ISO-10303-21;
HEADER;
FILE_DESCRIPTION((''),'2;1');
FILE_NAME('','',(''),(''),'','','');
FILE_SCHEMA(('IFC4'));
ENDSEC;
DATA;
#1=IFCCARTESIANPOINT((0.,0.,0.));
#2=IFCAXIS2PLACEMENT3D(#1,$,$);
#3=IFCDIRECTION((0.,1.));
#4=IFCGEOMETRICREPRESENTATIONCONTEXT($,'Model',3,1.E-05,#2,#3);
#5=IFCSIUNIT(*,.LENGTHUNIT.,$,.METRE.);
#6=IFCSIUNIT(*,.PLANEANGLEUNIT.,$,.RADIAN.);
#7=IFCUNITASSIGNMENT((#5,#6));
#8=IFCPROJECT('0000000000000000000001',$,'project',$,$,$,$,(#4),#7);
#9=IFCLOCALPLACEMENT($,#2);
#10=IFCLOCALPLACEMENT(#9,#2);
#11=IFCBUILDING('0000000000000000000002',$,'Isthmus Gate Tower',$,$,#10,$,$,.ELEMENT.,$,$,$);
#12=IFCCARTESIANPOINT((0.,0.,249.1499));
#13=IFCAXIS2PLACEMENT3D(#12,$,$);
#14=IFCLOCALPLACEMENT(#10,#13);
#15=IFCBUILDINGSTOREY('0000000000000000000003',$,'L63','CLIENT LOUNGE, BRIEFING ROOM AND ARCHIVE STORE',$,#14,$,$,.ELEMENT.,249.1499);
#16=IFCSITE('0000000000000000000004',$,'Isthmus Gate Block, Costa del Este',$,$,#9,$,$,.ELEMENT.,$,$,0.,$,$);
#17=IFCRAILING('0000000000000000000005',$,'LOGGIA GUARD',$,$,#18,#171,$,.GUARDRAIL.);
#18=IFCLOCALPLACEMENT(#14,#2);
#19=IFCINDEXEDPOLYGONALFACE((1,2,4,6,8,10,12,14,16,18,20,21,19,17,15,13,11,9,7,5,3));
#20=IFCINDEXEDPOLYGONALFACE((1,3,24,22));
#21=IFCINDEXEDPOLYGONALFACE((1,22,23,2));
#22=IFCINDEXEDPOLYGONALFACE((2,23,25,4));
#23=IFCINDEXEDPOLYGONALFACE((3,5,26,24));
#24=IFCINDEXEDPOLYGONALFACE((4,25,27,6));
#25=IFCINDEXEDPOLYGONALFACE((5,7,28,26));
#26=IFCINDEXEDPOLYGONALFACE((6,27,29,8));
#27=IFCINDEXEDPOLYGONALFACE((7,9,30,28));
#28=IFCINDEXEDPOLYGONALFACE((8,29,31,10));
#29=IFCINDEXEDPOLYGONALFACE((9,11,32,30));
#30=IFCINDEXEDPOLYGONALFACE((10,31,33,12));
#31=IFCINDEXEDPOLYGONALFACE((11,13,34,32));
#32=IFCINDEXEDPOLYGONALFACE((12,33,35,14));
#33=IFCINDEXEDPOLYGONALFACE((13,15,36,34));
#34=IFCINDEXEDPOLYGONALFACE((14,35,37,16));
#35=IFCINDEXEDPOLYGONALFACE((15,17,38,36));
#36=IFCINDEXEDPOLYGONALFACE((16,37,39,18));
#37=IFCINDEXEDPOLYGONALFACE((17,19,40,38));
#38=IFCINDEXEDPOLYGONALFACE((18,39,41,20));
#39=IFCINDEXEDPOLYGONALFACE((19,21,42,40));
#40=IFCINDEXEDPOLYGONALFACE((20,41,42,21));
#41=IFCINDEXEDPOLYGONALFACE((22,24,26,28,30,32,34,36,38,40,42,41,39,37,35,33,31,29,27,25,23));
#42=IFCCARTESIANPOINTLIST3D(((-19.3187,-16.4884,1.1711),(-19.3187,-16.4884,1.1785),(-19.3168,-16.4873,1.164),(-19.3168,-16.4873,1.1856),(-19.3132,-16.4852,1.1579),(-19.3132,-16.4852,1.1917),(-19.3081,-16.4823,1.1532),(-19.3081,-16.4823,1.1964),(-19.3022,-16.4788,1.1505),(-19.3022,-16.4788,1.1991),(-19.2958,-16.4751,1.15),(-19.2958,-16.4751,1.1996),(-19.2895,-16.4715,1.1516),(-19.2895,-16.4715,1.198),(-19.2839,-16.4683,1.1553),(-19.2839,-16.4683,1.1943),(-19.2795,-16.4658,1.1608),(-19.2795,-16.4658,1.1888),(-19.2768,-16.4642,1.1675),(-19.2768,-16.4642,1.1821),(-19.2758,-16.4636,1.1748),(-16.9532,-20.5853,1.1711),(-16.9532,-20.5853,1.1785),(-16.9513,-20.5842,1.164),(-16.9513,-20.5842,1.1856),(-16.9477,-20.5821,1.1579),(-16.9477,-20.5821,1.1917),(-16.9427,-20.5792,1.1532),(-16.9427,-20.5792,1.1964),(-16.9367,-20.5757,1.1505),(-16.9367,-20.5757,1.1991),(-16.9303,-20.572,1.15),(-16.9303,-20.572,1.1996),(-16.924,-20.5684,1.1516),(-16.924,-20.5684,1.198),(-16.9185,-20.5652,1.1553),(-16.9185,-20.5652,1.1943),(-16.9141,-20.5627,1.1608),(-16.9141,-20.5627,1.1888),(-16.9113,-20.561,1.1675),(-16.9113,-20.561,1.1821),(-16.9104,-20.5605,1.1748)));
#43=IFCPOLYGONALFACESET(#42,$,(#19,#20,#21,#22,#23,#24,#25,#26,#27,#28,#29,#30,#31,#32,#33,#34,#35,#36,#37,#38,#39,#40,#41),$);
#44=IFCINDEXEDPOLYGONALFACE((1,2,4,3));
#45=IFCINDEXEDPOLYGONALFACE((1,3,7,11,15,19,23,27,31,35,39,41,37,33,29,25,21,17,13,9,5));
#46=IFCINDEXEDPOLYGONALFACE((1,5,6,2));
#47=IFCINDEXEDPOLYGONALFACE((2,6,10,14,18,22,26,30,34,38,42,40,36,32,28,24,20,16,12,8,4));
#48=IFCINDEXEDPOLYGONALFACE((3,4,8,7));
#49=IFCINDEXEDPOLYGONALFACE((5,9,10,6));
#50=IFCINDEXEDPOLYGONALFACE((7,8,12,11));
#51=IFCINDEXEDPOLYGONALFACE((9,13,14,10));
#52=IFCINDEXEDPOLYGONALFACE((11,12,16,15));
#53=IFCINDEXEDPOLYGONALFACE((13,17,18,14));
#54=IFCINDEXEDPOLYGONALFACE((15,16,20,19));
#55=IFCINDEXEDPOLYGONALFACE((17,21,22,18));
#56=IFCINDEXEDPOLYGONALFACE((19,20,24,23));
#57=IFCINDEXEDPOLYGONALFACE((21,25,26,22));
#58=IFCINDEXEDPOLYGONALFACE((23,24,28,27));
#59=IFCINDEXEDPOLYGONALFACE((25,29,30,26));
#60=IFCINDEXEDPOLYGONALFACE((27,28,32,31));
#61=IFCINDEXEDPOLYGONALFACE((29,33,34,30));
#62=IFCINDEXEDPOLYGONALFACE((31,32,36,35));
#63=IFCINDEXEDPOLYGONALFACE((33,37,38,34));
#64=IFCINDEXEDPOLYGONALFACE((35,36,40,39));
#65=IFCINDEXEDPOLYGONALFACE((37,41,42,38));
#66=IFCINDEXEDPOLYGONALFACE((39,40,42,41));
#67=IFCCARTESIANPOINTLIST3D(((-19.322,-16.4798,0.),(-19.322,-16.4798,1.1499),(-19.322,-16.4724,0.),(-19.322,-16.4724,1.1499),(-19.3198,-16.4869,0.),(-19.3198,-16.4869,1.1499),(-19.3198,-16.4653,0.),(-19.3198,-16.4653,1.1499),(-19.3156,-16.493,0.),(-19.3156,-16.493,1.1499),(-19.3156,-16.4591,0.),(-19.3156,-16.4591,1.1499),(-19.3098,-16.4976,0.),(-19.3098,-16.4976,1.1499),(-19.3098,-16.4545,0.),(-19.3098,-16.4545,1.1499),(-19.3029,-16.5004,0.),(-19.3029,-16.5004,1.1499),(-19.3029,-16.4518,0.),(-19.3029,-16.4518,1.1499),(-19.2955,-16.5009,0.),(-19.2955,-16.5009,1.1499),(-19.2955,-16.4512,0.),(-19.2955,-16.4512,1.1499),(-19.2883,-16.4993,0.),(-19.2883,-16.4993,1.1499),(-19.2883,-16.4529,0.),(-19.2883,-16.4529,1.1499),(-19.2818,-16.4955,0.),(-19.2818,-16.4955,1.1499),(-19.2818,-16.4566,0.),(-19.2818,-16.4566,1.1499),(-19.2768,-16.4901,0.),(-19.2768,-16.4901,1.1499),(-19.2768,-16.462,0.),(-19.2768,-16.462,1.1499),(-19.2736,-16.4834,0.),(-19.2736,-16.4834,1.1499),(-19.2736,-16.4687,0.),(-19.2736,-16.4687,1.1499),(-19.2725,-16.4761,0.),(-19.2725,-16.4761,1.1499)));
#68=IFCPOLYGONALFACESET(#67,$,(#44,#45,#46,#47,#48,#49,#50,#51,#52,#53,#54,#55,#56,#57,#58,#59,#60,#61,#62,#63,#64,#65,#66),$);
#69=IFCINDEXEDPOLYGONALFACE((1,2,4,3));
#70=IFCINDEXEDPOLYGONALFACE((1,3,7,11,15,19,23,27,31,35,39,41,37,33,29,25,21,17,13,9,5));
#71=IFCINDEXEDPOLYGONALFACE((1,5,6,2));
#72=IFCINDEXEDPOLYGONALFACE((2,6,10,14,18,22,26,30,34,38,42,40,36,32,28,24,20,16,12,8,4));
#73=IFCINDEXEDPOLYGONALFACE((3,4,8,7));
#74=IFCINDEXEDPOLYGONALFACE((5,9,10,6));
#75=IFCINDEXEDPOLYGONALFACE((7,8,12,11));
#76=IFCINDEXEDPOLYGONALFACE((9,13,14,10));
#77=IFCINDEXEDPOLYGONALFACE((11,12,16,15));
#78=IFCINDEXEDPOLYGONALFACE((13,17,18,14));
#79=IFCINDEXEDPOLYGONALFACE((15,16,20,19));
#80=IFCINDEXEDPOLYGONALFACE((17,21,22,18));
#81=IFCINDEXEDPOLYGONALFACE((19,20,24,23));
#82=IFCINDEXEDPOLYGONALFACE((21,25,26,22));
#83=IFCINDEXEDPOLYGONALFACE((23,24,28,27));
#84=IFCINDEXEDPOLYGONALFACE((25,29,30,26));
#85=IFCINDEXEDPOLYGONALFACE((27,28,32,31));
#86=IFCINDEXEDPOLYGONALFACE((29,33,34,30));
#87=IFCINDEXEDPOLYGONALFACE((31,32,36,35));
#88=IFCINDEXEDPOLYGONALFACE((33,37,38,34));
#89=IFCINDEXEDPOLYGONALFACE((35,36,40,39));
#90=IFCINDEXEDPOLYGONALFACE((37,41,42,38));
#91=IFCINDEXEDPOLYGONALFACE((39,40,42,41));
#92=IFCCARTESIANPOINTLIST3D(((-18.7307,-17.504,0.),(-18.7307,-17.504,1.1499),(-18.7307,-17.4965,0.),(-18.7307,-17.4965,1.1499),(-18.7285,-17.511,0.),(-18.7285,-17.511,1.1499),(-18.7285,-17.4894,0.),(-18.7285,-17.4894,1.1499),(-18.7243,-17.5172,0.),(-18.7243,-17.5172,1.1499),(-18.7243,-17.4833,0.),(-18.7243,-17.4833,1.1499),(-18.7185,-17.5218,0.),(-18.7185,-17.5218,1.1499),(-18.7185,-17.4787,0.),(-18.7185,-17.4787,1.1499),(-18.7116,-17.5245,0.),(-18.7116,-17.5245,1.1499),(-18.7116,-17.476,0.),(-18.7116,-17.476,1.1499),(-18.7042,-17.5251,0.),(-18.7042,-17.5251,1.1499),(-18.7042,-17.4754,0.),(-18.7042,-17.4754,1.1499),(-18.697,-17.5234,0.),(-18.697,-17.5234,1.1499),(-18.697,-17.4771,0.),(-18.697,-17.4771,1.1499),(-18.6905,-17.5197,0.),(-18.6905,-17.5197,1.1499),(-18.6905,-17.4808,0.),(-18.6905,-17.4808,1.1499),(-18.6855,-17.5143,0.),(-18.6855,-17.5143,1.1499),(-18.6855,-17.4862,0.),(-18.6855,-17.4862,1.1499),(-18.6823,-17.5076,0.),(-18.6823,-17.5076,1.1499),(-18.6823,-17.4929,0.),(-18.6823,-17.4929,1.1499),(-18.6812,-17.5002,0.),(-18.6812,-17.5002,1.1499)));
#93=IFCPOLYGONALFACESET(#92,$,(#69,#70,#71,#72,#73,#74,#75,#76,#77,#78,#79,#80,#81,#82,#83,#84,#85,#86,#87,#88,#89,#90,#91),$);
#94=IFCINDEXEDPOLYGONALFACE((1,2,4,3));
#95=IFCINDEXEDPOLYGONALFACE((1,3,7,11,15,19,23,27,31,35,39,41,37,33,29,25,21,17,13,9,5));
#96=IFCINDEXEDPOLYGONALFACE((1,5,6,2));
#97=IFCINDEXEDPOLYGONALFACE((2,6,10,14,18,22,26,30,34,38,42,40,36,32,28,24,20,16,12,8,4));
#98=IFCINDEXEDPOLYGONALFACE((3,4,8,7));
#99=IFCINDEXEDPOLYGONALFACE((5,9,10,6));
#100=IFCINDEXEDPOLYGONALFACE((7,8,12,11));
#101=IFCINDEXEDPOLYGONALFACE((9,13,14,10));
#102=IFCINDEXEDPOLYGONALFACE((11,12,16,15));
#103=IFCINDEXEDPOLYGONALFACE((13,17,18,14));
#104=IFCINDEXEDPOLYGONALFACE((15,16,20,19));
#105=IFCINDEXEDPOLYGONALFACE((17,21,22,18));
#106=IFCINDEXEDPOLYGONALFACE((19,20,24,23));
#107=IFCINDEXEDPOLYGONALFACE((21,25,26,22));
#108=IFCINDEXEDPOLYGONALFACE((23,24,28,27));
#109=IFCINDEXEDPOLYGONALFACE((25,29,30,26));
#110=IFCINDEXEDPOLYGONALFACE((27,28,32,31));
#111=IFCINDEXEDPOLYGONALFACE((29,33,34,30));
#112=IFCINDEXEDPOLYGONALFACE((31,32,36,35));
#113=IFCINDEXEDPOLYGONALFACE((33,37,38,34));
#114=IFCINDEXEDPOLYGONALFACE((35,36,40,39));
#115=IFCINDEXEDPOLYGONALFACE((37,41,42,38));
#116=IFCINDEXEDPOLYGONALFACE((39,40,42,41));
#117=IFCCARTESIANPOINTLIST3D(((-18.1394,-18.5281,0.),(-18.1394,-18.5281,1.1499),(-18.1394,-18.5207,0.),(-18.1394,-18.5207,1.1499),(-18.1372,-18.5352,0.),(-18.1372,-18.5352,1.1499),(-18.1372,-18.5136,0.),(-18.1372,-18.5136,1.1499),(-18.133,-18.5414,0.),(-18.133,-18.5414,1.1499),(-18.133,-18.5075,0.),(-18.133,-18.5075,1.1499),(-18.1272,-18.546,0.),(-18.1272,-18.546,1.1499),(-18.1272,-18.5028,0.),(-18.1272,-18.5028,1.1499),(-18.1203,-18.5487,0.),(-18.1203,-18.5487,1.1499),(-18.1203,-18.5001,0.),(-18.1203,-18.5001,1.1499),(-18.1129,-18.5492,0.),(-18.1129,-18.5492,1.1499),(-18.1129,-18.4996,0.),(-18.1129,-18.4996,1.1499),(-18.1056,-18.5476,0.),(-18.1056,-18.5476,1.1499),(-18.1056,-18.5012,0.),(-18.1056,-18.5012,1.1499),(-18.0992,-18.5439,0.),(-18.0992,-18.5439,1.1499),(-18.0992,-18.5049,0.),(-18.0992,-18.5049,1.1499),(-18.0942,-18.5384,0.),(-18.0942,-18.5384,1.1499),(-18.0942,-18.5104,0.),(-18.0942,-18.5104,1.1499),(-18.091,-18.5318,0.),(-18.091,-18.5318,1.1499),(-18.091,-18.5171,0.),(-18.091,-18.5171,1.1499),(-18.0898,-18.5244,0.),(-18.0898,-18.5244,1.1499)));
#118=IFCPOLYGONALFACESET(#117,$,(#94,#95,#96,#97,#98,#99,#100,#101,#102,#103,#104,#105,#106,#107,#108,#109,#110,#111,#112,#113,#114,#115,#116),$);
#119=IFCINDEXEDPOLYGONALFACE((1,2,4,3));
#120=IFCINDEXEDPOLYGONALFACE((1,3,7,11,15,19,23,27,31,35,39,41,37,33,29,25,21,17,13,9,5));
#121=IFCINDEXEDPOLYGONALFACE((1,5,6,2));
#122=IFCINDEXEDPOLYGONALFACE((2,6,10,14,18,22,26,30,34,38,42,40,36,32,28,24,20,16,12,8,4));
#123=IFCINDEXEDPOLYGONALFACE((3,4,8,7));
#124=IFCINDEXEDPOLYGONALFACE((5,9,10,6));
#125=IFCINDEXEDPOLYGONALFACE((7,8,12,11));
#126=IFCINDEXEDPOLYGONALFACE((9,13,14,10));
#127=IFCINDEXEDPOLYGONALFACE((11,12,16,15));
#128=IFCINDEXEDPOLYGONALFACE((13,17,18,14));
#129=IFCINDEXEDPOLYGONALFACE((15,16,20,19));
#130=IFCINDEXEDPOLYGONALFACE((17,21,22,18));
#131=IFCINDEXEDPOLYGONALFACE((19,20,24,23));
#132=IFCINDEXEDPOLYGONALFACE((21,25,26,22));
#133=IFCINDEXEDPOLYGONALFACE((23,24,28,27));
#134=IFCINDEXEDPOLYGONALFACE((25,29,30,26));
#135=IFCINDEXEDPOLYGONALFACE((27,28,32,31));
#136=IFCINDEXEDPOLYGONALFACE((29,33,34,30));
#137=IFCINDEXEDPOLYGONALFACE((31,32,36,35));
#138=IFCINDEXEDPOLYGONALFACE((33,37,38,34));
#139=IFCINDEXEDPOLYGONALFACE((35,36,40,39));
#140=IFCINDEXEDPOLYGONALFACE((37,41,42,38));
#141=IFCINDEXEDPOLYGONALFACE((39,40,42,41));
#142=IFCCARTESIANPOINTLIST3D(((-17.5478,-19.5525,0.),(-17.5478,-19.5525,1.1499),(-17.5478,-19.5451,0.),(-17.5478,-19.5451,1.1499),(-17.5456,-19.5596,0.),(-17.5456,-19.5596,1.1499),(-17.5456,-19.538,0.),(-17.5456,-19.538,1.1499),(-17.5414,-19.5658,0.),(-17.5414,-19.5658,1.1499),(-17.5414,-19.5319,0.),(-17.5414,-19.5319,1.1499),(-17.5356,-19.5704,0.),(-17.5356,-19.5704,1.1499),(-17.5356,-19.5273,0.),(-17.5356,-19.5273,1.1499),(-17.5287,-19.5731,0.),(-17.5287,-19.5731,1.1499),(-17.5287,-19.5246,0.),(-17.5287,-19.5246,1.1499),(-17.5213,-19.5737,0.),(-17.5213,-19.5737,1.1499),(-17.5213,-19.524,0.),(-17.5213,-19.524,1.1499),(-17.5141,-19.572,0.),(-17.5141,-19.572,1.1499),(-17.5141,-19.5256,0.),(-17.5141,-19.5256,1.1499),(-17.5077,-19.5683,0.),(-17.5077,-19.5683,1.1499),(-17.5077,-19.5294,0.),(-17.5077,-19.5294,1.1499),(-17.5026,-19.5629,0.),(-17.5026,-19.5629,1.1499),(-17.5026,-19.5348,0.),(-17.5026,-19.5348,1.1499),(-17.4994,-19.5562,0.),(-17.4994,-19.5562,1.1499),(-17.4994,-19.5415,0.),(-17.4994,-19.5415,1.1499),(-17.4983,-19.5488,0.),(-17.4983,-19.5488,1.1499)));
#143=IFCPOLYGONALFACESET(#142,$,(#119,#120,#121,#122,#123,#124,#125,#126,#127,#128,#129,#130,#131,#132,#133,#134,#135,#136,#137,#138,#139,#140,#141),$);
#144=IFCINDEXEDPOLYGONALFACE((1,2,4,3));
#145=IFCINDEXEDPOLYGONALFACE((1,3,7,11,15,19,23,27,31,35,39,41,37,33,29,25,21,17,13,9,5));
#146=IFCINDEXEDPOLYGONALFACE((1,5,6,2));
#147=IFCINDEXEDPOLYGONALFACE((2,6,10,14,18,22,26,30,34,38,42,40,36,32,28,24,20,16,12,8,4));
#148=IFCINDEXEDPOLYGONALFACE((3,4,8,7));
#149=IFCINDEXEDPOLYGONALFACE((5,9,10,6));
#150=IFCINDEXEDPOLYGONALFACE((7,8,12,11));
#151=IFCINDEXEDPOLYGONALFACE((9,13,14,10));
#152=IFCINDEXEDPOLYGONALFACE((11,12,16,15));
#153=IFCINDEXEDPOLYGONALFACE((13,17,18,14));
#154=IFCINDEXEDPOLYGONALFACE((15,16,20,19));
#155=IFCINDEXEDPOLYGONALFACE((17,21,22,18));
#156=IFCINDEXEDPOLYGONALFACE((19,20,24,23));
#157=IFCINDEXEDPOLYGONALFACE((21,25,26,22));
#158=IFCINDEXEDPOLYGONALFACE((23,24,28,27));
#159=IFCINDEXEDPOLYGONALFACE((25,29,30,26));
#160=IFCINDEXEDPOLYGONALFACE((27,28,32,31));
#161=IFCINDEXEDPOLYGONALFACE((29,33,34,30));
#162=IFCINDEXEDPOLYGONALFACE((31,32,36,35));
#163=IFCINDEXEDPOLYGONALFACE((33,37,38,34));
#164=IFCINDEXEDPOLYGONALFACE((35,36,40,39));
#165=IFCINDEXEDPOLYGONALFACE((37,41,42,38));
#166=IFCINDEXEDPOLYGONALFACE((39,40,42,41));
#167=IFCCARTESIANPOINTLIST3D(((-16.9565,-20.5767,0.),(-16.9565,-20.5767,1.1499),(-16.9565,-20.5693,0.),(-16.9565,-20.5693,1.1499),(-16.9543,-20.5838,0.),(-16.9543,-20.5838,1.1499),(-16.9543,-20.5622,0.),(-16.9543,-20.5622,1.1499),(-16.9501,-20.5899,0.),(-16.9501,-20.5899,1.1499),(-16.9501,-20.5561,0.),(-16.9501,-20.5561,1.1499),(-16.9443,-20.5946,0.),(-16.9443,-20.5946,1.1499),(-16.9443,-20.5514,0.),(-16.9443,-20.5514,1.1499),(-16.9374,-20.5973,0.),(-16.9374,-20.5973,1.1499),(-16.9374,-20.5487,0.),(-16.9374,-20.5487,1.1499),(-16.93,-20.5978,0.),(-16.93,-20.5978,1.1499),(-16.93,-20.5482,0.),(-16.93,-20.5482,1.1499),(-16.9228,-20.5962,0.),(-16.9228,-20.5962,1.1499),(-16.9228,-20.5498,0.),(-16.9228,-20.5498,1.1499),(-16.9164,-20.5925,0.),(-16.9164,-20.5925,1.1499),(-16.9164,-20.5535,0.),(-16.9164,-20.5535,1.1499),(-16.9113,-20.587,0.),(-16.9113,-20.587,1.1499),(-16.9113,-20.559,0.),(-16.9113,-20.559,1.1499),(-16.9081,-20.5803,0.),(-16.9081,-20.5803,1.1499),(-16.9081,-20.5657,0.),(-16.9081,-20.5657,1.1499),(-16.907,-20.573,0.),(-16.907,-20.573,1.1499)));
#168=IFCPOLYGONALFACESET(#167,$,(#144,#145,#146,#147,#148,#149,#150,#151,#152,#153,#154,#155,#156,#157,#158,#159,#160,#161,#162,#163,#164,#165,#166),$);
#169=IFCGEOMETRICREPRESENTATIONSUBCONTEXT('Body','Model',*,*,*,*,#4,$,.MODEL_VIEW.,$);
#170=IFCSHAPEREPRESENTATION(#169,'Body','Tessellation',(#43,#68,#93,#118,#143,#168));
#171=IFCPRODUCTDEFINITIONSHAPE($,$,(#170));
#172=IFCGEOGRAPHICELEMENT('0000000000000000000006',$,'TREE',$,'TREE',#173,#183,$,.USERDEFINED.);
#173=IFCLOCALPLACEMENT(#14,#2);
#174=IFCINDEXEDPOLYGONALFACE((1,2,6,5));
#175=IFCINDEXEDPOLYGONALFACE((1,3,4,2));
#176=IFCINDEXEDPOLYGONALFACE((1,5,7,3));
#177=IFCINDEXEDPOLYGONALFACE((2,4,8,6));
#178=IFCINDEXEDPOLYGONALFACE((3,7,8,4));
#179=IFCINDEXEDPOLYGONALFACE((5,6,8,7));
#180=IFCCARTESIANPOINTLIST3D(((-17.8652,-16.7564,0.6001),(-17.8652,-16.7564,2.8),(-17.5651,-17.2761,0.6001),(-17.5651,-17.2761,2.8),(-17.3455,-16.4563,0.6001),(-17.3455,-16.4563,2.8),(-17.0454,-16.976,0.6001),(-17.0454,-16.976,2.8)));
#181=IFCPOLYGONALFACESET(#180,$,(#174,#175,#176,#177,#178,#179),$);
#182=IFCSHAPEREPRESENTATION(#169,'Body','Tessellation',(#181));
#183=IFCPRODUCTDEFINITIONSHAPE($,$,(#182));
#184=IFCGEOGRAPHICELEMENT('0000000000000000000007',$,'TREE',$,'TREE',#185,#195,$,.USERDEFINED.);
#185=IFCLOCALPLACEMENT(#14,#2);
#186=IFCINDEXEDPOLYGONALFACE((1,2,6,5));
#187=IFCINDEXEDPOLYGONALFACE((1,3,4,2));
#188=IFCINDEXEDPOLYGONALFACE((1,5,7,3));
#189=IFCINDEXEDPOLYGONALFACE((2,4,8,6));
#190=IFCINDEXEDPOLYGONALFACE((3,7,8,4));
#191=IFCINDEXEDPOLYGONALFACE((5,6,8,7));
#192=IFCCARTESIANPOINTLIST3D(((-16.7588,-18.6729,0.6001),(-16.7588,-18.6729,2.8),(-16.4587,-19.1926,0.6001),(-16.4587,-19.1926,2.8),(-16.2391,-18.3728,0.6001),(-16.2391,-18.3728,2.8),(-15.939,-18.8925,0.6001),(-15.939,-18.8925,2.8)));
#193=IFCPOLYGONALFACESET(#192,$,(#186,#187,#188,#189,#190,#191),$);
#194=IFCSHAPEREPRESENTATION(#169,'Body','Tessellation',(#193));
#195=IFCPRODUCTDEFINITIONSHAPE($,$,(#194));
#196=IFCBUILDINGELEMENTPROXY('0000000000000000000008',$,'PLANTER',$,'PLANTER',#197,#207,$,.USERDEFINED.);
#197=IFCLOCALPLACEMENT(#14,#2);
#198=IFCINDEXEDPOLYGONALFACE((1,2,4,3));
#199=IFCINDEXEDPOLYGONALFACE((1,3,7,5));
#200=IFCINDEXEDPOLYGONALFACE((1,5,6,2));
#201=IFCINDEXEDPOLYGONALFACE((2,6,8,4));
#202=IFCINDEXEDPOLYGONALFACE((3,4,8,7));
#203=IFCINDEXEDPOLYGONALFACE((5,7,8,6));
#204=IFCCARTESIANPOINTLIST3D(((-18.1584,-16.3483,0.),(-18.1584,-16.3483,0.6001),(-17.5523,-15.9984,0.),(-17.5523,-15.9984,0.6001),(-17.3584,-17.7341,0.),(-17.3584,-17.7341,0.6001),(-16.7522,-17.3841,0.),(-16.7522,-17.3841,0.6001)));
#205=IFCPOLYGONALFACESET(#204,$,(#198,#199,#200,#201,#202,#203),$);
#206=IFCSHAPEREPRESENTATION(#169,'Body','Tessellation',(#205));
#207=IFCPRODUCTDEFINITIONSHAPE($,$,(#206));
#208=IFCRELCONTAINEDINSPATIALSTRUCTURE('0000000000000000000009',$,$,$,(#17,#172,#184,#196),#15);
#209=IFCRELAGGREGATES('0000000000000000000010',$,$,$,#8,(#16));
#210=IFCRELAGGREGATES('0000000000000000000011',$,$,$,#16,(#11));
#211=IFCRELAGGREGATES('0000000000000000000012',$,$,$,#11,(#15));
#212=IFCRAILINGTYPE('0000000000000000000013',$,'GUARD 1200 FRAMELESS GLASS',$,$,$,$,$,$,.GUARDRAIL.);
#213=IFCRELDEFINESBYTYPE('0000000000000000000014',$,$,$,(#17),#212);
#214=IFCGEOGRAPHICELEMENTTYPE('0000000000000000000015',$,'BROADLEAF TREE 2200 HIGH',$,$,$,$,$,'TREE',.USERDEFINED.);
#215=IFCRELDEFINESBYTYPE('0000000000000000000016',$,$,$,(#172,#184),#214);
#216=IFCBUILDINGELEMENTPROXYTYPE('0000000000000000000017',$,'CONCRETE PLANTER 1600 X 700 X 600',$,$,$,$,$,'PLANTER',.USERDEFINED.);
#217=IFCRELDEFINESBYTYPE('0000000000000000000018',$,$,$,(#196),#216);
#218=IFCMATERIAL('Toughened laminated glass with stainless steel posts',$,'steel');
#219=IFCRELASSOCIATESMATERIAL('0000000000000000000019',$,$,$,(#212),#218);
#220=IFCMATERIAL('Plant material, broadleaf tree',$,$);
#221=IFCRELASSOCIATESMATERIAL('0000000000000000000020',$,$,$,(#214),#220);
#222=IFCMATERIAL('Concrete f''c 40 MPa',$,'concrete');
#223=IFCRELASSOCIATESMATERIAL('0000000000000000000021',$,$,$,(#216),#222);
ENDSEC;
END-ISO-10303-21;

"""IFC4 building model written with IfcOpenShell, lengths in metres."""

from ifc_helpers import new_model, si_unit, direction, frame, origin, origin_2d, place, context, subcontext, project, spatial, rectangle, circle, extrude, material, type_object, element, save


model = new_model("IFC4")

# Units and contexts
model_context = context("Model", 3, precision=1e-05, world=origin(), true_north=direction((0.0, 1.0)))
body_context = subcontext(model_context, "Body", "Model", "MODEL_VIEW")
ifc_project = project(units=[si_unit("LENGTHUNIT", "METRE"), si_unit("PLANEANGLEUNIT", "RADIAN")], contexts=[model_context])

# Site, building, storey
site_placement = place(None, origin())
site = spatial("IfcSite", under=ifc_project, at=site_placement, Name="Isthmus Gate Block, Costa del Este", CompositionType="ELEMENT", RefElevation=0.0)
building_placement = place(site_placement, origin())
building = spatial("IfcBuilding", under=site, at=building_placement, Name="Isthmus Gate Tower", CompositionType="ELEMENT")
storey_placement = place(building_placement, frame((0.0, 0.0, 249.1499)))
storey = spatial("IfcBuildingStorey", under=building, at=storey_placement, Name="L63", Description="CLIENT LOUNGE, BRIEFING ROOM AND ARCHIVE STORE", CompositionType="ELEMENT", Elevation=249.1499)

# Railing
ifc_material_1 = material(Name="Toughened laminated glass with stainless steel posts", Category="steel")
railing_type = type_object("IfcRailingType", Name="GUARD 1200 FRAMELESS GLASS", PredefinedType="GUARDRAIL", material=ifc_material_1)
railing_placement = place(storey_placement, frame((-19.2974, -16.4761, 0.0)))
element("IfcRailing", 1, at=railing_placement, inside=storey, type_object=railing_type, Name="LOGGIA GUARD", PredefinedType="GUARDRAIL", context=body_context, shape_type="SweptSolid", body=[
    extrude(circle(Radius=0.0249, at=origin_2d()), frame((0.0, 0.0, 1.1748), z_axis=(0.500019, -0.866015, 0.0), x_axis=(0.866015, 0.500019, 0.0)), (0.0, 0.0, 1.0), 4.7307),
    extrude(circle(Radius=0.0249, at=origin_2d()), origin(), (0.0, 0.0, 1.0), 1.1499),
    extrude(circle(Radius=0.0249, at=origin_2d()), frame((0.5913, -1.0242, 0.0)), (0.0, 0.0, 1.0), 1.1499),
    extrude(circle(Radius=0.0249, at=origin_2d()), frame((1.1826, -2.0483, 0.0)), (0.0, 0.0, 1.0), 1.1499),
    extrude(circle(Radius=0.0249, at=origin_2d()), frame((1.7742, -3.0728, 0.0)), (0.0, 0.0, 1.0), 1.1499),
    extrude(circle(Radius=0.0249, at=origin_2d()), frame((2.3655, -4.0969, 0.0)), (0.0, 0.0, 1.0), 1.1499),
])

# Geographic elements
ifc_material_2 = material(Name="Plant material, broadleaf tree")
geographic_element_type = type_object("IfcGeographicElementType", Name="BROADLEAF TREE 2200 HIGH", ElementType="TREE", PredefinedType="USERDEFINED", material=ifc_material_2)
for number, where, z_axis, x_axis, name in (
    (2, (-17.4553, -16.8662, 0.6001), (0.0, 0.0, 1.0), (0.5, -0.866025, 0.0), "TREE"),
    (3, (-16.3489, -18.7827, 0.6001), (0.0, 0.0, 1.0), (0.5, -0.866025, 0.0), "TREE"),
):
    element("IfcGeographicElement", number, at=place(storey_placement, frame(where, z_axis=z_axis, x_axis=x_axis)), inside=storey, type_object=geographic_element_type, Name=name, ObjectType="TREE", PredefinedType="USERDEFINED", context=body_context, shape_type="SweptSolid", body=[
        extrude(rectangle(XDim=0.6001, YDim=0.6001, at=origin_2d()), origin(), (0.0, 0.0, 1.0), 2.2),
    ])

# Building element proxy
ifc_material_3 = material(Name="Concrete f'c 40 MPa", Category="concrete")
building_element_proxy_type = type_object("IfcBuildingElementProxyType", Name="CONCRETE PLANTER 1600 X 700 X 600", ElementType="PLANTER", PredefinedType="USERDEFINED", material=ifc_material_3)
for number, where, z_axis, x_axis, name in (
    (4, (-17.4553, -16.8662, 0.0), (0.0, 0.0, 1.0), (0.5, -0.866025, 0.0), "PLANTER"),
):
    element("IfcBuildingElementProxy", number, at=place(storey_placement, frame(where, z_axis=z_axis, x_axis=x_axis)), inside=storey, type_object=building_element_proxy_type, Name=name, ObjectType="PLANTER", PredefinedType="USERDEFINED", context=body_context, shape_type="SweptSolid", body=[
        extrude(rectangle(XDim=1.6001, YDim=0.7, at=origin_2d()), origin(), (0.0, 0.0, 1.0), 0.6001),
    ])

save(model, "model.ifc")
